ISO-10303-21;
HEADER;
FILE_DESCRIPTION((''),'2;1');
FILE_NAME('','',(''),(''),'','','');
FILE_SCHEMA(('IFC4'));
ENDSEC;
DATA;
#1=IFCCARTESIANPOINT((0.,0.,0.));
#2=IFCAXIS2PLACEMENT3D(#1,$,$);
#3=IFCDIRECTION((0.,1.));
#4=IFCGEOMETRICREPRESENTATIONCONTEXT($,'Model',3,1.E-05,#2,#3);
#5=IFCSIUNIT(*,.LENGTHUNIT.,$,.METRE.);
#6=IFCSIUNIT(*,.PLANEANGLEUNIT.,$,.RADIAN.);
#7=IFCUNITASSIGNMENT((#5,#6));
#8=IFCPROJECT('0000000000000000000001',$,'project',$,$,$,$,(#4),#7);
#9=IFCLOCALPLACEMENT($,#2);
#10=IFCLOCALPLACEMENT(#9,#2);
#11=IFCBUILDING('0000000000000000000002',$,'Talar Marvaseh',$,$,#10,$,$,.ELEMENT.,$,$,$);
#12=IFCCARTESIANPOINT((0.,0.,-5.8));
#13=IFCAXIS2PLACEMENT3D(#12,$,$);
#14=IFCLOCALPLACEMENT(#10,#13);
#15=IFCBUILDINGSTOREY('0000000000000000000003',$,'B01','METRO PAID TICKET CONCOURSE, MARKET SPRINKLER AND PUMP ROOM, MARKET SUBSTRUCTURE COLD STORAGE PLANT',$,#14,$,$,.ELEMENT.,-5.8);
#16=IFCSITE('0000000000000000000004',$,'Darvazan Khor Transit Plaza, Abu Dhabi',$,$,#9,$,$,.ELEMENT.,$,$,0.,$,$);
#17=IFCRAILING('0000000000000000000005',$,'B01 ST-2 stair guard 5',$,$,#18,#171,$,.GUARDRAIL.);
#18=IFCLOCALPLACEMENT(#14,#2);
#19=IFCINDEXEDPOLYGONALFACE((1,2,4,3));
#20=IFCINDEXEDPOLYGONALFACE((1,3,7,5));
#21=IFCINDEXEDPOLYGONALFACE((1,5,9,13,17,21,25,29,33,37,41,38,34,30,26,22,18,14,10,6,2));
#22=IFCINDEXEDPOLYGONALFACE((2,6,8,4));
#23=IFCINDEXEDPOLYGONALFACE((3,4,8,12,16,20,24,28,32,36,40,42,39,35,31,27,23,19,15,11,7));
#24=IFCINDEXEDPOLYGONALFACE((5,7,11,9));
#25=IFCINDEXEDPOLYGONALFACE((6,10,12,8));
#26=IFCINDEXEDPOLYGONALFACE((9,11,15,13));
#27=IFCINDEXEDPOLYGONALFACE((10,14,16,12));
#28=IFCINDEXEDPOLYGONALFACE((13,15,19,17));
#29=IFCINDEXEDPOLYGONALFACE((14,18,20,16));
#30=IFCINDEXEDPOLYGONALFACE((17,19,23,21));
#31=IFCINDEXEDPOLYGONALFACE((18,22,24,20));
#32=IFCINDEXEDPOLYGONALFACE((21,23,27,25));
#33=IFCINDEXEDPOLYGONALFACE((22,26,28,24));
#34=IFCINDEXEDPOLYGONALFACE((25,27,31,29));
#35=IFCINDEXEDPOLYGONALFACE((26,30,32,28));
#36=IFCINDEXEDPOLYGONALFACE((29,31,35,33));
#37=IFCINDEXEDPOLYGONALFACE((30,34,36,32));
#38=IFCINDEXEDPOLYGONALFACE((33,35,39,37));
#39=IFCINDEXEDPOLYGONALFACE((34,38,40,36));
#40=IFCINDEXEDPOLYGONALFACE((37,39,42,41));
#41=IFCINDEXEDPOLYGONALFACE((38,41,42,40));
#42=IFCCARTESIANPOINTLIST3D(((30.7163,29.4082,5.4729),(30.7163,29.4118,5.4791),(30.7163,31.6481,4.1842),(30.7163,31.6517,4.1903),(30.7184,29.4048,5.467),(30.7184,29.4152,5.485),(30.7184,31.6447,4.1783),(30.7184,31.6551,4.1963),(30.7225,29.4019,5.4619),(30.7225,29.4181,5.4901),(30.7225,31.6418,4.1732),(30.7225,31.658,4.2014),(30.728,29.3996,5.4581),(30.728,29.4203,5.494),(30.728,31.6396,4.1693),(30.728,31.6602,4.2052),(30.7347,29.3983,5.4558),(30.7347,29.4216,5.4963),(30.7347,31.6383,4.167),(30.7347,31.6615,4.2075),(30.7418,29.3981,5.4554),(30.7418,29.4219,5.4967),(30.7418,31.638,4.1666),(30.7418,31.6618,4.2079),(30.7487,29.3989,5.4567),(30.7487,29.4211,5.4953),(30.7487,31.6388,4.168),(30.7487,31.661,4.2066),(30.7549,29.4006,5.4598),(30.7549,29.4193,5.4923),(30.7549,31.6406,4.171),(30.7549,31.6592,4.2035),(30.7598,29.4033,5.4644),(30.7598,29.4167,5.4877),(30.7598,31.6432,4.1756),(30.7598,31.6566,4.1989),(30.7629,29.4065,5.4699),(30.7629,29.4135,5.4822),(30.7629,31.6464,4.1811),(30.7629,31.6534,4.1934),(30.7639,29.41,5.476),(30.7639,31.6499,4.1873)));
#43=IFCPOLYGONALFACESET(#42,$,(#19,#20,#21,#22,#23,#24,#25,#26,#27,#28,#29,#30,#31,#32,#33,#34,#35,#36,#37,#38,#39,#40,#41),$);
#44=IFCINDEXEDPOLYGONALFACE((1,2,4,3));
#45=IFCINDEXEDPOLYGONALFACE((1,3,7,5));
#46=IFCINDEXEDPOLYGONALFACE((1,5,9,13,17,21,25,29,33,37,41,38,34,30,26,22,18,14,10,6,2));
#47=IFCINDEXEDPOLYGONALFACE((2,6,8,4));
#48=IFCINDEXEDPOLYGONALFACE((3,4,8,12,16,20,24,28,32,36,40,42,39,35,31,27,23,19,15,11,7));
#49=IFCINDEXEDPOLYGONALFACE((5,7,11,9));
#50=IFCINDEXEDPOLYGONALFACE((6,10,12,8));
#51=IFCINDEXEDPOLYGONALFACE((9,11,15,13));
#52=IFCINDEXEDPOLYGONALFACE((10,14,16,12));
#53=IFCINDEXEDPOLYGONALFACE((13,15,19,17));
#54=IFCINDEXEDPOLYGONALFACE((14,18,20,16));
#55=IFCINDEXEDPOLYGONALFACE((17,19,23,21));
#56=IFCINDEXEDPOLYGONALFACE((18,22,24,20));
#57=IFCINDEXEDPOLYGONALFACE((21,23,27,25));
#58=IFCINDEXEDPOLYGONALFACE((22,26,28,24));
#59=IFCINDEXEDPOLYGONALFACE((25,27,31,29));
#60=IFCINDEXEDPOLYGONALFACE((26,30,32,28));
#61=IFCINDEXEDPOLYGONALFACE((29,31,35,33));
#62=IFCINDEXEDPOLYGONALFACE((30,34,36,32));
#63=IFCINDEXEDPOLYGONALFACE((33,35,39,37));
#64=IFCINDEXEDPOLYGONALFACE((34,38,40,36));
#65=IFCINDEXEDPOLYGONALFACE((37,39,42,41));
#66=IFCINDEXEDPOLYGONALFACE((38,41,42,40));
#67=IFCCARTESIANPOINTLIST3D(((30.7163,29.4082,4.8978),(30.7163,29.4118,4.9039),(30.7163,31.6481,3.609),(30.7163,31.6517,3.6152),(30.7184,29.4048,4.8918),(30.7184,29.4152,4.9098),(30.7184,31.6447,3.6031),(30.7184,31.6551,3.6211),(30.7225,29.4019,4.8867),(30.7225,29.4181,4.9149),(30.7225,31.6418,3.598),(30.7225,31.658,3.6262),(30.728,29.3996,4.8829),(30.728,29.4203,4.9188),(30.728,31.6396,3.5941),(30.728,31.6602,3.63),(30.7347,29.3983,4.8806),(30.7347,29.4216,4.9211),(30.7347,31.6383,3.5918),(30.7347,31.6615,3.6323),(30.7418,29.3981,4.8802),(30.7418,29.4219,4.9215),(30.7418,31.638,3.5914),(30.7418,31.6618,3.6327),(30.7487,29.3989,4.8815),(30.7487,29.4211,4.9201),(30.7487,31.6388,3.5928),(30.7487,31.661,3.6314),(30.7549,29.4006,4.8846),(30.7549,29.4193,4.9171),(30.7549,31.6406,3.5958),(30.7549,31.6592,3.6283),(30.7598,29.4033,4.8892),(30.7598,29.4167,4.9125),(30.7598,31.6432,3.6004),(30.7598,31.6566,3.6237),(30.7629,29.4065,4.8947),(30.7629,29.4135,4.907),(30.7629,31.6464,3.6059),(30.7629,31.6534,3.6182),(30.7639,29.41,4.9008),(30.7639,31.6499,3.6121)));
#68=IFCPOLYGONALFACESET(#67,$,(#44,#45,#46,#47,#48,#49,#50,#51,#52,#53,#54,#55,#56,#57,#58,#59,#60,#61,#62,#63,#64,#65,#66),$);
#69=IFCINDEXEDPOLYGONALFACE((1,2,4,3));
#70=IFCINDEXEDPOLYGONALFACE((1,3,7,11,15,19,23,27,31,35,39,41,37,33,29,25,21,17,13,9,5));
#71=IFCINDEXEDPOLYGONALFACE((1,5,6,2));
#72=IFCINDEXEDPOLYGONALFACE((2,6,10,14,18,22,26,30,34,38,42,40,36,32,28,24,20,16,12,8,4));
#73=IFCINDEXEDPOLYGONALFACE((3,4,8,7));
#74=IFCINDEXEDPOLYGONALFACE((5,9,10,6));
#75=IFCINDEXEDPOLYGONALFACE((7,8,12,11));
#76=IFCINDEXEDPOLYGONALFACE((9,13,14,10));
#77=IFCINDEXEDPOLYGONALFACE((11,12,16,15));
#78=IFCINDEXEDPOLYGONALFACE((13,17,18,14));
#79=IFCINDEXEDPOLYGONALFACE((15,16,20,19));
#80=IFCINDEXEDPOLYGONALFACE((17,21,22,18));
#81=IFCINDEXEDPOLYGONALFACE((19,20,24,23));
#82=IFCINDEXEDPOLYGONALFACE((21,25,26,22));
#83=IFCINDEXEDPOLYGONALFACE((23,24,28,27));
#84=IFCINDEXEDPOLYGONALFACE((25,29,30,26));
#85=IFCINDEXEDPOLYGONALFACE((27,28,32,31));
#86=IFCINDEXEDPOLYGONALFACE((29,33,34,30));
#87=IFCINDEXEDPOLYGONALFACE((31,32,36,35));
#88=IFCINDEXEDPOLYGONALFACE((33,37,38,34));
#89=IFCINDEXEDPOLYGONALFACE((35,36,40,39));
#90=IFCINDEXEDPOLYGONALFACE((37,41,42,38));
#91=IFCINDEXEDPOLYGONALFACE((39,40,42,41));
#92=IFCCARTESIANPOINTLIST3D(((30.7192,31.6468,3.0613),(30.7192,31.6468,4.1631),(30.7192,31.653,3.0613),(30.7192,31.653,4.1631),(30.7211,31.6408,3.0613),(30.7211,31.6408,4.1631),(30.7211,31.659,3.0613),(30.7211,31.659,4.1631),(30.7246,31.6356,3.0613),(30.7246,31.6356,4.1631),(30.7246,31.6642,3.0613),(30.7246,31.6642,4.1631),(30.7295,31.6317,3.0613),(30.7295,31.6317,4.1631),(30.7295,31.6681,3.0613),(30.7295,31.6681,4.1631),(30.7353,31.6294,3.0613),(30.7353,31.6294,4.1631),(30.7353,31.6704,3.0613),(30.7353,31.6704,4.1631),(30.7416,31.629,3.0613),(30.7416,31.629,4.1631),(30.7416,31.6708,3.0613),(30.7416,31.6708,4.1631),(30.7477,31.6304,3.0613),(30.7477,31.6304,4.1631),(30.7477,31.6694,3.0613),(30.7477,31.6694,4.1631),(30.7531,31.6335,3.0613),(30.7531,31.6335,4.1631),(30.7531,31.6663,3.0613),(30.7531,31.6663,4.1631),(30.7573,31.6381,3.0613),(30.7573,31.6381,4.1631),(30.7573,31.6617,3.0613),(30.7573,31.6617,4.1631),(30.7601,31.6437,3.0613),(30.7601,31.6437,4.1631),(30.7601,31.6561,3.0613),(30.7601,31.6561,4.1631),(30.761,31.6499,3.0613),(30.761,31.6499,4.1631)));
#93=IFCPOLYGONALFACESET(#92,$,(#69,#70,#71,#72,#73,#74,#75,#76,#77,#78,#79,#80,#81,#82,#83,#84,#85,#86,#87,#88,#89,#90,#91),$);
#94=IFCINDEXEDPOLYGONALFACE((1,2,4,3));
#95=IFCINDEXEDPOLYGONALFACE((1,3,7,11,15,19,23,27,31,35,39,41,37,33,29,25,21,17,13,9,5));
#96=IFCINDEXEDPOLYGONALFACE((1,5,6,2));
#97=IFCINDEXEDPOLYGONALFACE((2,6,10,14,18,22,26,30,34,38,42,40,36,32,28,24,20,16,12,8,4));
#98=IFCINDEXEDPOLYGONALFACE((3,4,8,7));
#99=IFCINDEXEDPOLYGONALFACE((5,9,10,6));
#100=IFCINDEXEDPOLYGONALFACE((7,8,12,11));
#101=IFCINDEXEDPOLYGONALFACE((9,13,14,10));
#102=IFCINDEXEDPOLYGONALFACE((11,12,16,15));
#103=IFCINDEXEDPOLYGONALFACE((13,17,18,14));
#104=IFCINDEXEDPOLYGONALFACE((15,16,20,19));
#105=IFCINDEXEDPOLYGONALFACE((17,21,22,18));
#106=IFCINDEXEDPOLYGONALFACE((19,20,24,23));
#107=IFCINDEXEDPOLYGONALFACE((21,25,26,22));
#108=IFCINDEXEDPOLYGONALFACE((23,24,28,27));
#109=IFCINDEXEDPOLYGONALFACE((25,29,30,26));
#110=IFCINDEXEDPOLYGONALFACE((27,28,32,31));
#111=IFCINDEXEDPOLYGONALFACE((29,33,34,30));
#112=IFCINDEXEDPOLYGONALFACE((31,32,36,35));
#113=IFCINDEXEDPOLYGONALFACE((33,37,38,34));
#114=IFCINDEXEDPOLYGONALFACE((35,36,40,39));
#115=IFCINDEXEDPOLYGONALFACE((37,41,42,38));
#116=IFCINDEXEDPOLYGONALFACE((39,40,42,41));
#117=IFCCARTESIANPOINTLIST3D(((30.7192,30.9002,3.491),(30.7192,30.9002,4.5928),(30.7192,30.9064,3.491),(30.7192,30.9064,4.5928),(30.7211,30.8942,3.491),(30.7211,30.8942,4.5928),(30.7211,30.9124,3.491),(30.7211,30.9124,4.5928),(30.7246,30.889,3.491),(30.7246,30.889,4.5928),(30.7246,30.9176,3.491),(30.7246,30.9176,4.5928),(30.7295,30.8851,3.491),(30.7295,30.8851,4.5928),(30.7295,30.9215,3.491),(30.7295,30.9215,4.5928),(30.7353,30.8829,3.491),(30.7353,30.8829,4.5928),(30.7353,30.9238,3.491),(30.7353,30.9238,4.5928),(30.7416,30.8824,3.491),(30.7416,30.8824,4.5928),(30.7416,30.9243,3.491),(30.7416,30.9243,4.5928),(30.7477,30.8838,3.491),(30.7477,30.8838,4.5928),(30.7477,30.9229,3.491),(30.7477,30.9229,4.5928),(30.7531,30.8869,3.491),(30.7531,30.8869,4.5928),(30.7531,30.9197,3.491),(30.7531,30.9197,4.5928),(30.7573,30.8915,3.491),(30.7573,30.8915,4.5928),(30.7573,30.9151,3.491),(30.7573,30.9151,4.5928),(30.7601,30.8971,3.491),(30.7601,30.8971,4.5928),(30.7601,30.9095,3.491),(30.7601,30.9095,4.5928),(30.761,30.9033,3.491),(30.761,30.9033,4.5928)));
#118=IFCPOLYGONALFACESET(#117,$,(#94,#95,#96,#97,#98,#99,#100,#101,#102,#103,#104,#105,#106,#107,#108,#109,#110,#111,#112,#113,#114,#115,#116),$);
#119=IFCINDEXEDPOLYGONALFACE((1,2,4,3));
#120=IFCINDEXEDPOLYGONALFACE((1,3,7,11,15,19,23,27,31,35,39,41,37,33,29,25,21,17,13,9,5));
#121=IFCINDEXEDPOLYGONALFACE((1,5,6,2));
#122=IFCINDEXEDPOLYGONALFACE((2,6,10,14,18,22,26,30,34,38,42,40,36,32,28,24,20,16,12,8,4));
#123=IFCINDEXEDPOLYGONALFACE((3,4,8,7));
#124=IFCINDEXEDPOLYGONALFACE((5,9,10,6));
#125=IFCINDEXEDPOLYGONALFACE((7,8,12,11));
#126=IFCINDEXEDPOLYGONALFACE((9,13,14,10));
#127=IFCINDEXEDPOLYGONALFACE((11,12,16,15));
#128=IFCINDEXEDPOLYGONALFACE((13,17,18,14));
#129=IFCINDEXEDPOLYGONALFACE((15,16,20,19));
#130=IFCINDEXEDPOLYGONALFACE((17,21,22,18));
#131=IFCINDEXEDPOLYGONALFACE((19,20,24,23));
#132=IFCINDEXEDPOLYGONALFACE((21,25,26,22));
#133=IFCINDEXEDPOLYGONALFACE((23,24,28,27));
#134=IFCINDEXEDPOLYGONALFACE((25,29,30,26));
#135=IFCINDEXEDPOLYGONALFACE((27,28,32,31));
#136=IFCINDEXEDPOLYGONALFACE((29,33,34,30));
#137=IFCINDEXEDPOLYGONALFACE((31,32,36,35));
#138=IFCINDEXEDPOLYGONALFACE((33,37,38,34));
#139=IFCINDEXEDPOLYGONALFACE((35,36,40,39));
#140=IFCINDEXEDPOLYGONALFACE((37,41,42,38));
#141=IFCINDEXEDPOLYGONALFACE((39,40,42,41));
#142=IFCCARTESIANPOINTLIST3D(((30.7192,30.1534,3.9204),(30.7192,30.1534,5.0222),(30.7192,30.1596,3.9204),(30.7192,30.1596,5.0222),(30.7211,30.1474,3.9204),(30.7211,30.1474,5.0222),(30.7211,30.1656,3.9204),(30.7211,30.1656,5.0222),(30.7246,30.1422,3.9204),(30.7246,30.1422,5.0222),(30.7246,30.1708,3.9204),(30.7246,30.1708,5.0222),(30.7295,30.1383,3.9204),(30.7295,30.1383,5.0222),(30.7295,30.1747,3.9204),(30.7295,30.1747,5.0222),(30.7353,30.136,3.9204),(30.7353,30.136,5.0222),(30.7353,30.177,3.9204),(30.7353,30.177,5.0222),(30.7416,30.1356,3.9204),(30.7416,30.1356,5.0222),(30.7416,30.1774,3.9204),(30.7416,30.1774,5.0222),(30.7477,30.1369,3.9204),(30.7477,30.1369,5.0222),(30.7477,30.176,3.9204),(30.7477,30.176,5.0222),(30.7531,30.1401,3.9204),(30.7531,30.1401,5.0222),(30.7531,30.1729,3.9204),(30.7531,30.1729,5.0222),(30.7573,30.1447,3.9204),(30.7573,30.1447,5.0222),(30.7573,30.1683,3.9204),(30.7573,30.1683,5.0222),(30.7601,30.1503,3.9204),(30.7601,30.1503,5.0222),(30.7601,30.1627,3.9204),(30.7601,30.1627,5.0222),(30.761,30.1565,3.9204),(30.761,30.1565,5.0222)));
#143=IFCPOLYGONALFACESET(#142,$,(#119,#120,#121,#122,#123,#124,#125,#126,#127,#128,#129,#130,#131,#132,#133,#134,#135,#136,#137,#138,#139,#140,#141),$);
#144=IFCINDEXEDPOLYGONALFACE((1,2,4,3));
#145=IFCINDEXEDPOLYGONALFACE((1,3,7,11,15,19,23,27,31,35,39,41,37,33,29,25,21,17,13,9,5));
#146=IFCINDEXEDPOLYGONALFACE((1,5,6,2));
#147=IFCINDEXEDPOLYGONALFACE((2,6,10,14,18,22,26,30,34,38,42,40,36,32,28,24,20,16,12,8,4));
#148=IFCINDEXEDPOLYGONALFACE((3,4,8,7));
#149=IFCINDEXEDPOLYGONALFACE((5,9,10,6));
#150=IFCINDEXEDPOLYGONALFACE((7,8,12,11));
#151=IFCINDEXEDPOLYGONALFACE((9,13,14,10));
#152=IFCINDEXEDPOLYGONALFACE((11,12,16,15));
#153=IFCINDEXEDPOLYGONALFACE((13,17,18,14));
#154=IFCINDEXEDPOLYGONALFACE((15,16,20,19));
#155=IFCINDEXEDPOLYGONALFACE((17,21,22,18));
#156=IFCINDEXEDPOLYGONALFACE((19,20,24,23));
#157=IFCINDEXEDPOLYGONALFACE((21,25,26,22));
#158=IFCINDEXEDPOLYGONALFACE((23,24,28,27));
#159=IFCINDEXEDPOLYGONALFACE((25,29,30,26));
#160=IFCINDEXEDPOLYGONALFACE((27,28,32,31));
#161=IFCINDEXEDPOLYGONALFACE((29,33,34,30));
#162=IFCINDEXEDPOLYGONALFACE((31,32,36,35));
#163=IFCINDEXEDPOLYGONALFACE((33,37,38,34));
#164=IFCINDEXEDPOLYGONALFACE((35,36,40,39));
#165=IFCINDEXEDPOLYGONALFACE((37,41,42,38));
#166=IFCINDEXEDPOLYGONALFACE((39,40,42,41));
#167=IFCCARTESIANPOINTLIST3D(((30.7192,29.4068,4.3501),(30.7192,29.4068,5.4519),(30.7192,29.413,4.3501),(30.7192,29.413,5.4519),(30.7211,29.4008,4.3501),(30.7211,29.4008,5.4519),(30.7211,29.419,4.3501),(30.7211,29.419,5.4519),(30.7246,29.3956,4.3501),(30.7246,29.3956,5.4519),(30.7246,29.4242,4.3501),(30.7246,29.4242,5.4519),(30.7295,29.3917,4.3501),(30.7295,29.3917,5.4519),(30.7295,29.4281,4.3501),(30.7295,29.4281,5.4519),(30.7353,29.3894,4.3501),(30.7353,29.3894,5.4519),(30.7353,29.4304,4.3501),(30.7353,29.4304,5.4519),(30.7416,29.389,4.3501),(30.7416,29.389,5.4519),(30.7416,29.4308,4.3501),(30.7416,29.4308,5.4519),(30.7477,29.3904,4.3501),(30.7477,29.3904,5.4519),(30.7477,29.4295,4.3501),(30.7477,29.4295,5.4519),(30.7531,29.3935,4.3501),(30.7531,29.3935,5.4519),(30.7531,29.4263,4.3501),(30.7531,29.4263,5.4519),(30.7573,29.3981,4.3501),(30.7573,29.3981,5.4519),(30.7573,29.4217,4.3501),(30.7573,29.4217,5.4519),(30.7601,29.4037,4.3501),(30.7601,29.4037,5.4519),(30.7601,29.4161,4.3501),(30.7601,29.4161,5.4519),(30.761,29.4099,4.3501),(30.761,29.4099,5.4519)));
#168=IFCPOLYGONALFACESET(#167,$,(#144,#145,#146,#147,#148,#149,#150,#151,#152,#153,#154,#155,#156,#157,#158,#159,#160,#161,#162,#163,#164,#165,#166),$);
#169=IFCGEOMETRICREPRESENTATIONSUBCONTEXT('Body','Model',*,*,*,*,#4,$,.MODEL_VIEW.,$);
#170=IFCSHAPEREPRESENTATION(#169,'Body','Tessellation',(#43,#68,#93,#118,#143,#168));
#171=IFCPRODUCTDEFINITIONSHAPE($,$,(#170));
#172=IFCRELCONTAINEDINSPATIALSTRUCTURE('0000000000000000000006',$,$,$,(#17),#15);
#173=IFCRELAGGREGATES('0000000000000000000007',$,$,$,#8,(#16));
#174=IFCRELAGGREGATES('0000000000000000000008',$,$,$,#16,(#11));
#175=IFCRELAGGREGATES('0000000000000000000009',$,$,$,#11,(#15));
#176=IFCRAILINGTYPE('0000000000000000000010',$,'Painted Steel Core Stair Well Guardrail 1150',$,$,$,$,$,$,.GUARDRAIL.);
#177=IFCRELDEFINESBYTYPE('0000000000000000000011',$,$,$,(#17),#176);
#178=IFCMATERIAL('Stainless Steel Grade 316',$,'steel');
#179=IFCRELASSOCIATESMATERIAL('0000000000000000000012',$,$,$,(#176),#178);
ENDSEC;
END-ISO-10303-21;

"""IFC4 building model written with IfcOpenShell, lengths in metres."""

from ifc_helpers import new_model, si_unit, direction, frame, origin, origin_2d, place, context, subcontext, project, spatial, circle, extrude, material, type_object, element, save


model = new_model("IFC4")

# Units and contexts
model_context = context("Model", 3, precision=1e-05, world=origin(), true_north=direction((0.0, 1.0)))
body_context = subcontext(model_context, "Body", "Model", "MODEL_VIEW")
ifc_project = project(units=[si_unit("LENGTHUNIT", "METRE"), si_unit("PLANEANGLEUNIT", "RADIAN")], contexts=[model_context])

# Site, building, storey
site_placement = place(None, origin())
site = spatial("IfcSite", under=ifc_project, at=site_placement, Name="Darvazan Khor Transit Plaza, Abu Dhabi", CompositionType="ELEMENT", RefElevation=0.0)
building_placement = place(site_placement, origin())
building = spatial("IfcBuilding", under=site, at=building_placement, Name="Talar Marvaseh", CompositionType="ELEMENT")
storey_placement = place(building_placement, frame((0.0, 0.0, -5.8)))
storey = spatial("IfcBuildingStorey", under=building, at=storey_placement, Name="B01", Description="METRO PAID TICKET CONCOURSE, MARKET SPRINKLER AND PUMP ROOM, MARKET SUBSTRUCTURE COLD STORAGE PLANT", CompositionType="ELEMENT", Elevation=-5.8)

# Railing
ifc_material_1 = material(Name="Stainless Steel Grade 316", Category="steel")
railing_type_1 = type_object("IfcRailingType", Name="Painted Steel Core Stair Well Guardrail 1150", PredefinedType="GUARDRAIL", material=ifc_material_1)
railing_1_placement = place(storey_placement, frame((30.74, 31.6499, 3.0613)))
element("IfcRailing", 1, at=railing_1_placement, inside=storey, type_object=railing_type_1, Name="B01 ST-2 stair guard 5", PredefinedType="GUARDRAIL", context=body_context, shape_type="SweptSolid", body=[
    extrude(circle(Radius=0.0239, at=origin_2d()), frame((0.0, 0.0, 1.126), z_axis=(0.0, -0.866768, 0.498711), x_axis=(1.0, 0.0, 0.0)), (0.0, 0.0, 1.0), 2.5842),
    extrude(circle(Radius=0.0239, at=origin_2d()), frame((0.0, 0.0, 0.5508), z_axis=(0.0, -0.866768, 0.498711), x_axis=(1.0, 0.0, 0.0)), (0.0, 0.0, 1.0), 2.5842),
    extrude(circle(Radius=0.021, at=origin_2d()), origin(), (0.0, 0.0, 1.0), 1.1018),
    extrude(circle(Radius=0.021, at=origin_2d()), frame((0.0, -0.7466, 0.4297)), (0.0, 0.0, 1.0), 1.1018),
    extrude(circle(Radius=0.021, at=origin_2d()), frame((0.0, -1.4934, 0.8591)), (0.0, 0.0, 1.0), 1.1018),
    extrude(circle(Radius=0.021, at=origin_2d()), frame((0.0, -2.24, 1.2888)), (0.0, 0.0, 1.0), 1.1018),
])

save(model, "model.ifc")
